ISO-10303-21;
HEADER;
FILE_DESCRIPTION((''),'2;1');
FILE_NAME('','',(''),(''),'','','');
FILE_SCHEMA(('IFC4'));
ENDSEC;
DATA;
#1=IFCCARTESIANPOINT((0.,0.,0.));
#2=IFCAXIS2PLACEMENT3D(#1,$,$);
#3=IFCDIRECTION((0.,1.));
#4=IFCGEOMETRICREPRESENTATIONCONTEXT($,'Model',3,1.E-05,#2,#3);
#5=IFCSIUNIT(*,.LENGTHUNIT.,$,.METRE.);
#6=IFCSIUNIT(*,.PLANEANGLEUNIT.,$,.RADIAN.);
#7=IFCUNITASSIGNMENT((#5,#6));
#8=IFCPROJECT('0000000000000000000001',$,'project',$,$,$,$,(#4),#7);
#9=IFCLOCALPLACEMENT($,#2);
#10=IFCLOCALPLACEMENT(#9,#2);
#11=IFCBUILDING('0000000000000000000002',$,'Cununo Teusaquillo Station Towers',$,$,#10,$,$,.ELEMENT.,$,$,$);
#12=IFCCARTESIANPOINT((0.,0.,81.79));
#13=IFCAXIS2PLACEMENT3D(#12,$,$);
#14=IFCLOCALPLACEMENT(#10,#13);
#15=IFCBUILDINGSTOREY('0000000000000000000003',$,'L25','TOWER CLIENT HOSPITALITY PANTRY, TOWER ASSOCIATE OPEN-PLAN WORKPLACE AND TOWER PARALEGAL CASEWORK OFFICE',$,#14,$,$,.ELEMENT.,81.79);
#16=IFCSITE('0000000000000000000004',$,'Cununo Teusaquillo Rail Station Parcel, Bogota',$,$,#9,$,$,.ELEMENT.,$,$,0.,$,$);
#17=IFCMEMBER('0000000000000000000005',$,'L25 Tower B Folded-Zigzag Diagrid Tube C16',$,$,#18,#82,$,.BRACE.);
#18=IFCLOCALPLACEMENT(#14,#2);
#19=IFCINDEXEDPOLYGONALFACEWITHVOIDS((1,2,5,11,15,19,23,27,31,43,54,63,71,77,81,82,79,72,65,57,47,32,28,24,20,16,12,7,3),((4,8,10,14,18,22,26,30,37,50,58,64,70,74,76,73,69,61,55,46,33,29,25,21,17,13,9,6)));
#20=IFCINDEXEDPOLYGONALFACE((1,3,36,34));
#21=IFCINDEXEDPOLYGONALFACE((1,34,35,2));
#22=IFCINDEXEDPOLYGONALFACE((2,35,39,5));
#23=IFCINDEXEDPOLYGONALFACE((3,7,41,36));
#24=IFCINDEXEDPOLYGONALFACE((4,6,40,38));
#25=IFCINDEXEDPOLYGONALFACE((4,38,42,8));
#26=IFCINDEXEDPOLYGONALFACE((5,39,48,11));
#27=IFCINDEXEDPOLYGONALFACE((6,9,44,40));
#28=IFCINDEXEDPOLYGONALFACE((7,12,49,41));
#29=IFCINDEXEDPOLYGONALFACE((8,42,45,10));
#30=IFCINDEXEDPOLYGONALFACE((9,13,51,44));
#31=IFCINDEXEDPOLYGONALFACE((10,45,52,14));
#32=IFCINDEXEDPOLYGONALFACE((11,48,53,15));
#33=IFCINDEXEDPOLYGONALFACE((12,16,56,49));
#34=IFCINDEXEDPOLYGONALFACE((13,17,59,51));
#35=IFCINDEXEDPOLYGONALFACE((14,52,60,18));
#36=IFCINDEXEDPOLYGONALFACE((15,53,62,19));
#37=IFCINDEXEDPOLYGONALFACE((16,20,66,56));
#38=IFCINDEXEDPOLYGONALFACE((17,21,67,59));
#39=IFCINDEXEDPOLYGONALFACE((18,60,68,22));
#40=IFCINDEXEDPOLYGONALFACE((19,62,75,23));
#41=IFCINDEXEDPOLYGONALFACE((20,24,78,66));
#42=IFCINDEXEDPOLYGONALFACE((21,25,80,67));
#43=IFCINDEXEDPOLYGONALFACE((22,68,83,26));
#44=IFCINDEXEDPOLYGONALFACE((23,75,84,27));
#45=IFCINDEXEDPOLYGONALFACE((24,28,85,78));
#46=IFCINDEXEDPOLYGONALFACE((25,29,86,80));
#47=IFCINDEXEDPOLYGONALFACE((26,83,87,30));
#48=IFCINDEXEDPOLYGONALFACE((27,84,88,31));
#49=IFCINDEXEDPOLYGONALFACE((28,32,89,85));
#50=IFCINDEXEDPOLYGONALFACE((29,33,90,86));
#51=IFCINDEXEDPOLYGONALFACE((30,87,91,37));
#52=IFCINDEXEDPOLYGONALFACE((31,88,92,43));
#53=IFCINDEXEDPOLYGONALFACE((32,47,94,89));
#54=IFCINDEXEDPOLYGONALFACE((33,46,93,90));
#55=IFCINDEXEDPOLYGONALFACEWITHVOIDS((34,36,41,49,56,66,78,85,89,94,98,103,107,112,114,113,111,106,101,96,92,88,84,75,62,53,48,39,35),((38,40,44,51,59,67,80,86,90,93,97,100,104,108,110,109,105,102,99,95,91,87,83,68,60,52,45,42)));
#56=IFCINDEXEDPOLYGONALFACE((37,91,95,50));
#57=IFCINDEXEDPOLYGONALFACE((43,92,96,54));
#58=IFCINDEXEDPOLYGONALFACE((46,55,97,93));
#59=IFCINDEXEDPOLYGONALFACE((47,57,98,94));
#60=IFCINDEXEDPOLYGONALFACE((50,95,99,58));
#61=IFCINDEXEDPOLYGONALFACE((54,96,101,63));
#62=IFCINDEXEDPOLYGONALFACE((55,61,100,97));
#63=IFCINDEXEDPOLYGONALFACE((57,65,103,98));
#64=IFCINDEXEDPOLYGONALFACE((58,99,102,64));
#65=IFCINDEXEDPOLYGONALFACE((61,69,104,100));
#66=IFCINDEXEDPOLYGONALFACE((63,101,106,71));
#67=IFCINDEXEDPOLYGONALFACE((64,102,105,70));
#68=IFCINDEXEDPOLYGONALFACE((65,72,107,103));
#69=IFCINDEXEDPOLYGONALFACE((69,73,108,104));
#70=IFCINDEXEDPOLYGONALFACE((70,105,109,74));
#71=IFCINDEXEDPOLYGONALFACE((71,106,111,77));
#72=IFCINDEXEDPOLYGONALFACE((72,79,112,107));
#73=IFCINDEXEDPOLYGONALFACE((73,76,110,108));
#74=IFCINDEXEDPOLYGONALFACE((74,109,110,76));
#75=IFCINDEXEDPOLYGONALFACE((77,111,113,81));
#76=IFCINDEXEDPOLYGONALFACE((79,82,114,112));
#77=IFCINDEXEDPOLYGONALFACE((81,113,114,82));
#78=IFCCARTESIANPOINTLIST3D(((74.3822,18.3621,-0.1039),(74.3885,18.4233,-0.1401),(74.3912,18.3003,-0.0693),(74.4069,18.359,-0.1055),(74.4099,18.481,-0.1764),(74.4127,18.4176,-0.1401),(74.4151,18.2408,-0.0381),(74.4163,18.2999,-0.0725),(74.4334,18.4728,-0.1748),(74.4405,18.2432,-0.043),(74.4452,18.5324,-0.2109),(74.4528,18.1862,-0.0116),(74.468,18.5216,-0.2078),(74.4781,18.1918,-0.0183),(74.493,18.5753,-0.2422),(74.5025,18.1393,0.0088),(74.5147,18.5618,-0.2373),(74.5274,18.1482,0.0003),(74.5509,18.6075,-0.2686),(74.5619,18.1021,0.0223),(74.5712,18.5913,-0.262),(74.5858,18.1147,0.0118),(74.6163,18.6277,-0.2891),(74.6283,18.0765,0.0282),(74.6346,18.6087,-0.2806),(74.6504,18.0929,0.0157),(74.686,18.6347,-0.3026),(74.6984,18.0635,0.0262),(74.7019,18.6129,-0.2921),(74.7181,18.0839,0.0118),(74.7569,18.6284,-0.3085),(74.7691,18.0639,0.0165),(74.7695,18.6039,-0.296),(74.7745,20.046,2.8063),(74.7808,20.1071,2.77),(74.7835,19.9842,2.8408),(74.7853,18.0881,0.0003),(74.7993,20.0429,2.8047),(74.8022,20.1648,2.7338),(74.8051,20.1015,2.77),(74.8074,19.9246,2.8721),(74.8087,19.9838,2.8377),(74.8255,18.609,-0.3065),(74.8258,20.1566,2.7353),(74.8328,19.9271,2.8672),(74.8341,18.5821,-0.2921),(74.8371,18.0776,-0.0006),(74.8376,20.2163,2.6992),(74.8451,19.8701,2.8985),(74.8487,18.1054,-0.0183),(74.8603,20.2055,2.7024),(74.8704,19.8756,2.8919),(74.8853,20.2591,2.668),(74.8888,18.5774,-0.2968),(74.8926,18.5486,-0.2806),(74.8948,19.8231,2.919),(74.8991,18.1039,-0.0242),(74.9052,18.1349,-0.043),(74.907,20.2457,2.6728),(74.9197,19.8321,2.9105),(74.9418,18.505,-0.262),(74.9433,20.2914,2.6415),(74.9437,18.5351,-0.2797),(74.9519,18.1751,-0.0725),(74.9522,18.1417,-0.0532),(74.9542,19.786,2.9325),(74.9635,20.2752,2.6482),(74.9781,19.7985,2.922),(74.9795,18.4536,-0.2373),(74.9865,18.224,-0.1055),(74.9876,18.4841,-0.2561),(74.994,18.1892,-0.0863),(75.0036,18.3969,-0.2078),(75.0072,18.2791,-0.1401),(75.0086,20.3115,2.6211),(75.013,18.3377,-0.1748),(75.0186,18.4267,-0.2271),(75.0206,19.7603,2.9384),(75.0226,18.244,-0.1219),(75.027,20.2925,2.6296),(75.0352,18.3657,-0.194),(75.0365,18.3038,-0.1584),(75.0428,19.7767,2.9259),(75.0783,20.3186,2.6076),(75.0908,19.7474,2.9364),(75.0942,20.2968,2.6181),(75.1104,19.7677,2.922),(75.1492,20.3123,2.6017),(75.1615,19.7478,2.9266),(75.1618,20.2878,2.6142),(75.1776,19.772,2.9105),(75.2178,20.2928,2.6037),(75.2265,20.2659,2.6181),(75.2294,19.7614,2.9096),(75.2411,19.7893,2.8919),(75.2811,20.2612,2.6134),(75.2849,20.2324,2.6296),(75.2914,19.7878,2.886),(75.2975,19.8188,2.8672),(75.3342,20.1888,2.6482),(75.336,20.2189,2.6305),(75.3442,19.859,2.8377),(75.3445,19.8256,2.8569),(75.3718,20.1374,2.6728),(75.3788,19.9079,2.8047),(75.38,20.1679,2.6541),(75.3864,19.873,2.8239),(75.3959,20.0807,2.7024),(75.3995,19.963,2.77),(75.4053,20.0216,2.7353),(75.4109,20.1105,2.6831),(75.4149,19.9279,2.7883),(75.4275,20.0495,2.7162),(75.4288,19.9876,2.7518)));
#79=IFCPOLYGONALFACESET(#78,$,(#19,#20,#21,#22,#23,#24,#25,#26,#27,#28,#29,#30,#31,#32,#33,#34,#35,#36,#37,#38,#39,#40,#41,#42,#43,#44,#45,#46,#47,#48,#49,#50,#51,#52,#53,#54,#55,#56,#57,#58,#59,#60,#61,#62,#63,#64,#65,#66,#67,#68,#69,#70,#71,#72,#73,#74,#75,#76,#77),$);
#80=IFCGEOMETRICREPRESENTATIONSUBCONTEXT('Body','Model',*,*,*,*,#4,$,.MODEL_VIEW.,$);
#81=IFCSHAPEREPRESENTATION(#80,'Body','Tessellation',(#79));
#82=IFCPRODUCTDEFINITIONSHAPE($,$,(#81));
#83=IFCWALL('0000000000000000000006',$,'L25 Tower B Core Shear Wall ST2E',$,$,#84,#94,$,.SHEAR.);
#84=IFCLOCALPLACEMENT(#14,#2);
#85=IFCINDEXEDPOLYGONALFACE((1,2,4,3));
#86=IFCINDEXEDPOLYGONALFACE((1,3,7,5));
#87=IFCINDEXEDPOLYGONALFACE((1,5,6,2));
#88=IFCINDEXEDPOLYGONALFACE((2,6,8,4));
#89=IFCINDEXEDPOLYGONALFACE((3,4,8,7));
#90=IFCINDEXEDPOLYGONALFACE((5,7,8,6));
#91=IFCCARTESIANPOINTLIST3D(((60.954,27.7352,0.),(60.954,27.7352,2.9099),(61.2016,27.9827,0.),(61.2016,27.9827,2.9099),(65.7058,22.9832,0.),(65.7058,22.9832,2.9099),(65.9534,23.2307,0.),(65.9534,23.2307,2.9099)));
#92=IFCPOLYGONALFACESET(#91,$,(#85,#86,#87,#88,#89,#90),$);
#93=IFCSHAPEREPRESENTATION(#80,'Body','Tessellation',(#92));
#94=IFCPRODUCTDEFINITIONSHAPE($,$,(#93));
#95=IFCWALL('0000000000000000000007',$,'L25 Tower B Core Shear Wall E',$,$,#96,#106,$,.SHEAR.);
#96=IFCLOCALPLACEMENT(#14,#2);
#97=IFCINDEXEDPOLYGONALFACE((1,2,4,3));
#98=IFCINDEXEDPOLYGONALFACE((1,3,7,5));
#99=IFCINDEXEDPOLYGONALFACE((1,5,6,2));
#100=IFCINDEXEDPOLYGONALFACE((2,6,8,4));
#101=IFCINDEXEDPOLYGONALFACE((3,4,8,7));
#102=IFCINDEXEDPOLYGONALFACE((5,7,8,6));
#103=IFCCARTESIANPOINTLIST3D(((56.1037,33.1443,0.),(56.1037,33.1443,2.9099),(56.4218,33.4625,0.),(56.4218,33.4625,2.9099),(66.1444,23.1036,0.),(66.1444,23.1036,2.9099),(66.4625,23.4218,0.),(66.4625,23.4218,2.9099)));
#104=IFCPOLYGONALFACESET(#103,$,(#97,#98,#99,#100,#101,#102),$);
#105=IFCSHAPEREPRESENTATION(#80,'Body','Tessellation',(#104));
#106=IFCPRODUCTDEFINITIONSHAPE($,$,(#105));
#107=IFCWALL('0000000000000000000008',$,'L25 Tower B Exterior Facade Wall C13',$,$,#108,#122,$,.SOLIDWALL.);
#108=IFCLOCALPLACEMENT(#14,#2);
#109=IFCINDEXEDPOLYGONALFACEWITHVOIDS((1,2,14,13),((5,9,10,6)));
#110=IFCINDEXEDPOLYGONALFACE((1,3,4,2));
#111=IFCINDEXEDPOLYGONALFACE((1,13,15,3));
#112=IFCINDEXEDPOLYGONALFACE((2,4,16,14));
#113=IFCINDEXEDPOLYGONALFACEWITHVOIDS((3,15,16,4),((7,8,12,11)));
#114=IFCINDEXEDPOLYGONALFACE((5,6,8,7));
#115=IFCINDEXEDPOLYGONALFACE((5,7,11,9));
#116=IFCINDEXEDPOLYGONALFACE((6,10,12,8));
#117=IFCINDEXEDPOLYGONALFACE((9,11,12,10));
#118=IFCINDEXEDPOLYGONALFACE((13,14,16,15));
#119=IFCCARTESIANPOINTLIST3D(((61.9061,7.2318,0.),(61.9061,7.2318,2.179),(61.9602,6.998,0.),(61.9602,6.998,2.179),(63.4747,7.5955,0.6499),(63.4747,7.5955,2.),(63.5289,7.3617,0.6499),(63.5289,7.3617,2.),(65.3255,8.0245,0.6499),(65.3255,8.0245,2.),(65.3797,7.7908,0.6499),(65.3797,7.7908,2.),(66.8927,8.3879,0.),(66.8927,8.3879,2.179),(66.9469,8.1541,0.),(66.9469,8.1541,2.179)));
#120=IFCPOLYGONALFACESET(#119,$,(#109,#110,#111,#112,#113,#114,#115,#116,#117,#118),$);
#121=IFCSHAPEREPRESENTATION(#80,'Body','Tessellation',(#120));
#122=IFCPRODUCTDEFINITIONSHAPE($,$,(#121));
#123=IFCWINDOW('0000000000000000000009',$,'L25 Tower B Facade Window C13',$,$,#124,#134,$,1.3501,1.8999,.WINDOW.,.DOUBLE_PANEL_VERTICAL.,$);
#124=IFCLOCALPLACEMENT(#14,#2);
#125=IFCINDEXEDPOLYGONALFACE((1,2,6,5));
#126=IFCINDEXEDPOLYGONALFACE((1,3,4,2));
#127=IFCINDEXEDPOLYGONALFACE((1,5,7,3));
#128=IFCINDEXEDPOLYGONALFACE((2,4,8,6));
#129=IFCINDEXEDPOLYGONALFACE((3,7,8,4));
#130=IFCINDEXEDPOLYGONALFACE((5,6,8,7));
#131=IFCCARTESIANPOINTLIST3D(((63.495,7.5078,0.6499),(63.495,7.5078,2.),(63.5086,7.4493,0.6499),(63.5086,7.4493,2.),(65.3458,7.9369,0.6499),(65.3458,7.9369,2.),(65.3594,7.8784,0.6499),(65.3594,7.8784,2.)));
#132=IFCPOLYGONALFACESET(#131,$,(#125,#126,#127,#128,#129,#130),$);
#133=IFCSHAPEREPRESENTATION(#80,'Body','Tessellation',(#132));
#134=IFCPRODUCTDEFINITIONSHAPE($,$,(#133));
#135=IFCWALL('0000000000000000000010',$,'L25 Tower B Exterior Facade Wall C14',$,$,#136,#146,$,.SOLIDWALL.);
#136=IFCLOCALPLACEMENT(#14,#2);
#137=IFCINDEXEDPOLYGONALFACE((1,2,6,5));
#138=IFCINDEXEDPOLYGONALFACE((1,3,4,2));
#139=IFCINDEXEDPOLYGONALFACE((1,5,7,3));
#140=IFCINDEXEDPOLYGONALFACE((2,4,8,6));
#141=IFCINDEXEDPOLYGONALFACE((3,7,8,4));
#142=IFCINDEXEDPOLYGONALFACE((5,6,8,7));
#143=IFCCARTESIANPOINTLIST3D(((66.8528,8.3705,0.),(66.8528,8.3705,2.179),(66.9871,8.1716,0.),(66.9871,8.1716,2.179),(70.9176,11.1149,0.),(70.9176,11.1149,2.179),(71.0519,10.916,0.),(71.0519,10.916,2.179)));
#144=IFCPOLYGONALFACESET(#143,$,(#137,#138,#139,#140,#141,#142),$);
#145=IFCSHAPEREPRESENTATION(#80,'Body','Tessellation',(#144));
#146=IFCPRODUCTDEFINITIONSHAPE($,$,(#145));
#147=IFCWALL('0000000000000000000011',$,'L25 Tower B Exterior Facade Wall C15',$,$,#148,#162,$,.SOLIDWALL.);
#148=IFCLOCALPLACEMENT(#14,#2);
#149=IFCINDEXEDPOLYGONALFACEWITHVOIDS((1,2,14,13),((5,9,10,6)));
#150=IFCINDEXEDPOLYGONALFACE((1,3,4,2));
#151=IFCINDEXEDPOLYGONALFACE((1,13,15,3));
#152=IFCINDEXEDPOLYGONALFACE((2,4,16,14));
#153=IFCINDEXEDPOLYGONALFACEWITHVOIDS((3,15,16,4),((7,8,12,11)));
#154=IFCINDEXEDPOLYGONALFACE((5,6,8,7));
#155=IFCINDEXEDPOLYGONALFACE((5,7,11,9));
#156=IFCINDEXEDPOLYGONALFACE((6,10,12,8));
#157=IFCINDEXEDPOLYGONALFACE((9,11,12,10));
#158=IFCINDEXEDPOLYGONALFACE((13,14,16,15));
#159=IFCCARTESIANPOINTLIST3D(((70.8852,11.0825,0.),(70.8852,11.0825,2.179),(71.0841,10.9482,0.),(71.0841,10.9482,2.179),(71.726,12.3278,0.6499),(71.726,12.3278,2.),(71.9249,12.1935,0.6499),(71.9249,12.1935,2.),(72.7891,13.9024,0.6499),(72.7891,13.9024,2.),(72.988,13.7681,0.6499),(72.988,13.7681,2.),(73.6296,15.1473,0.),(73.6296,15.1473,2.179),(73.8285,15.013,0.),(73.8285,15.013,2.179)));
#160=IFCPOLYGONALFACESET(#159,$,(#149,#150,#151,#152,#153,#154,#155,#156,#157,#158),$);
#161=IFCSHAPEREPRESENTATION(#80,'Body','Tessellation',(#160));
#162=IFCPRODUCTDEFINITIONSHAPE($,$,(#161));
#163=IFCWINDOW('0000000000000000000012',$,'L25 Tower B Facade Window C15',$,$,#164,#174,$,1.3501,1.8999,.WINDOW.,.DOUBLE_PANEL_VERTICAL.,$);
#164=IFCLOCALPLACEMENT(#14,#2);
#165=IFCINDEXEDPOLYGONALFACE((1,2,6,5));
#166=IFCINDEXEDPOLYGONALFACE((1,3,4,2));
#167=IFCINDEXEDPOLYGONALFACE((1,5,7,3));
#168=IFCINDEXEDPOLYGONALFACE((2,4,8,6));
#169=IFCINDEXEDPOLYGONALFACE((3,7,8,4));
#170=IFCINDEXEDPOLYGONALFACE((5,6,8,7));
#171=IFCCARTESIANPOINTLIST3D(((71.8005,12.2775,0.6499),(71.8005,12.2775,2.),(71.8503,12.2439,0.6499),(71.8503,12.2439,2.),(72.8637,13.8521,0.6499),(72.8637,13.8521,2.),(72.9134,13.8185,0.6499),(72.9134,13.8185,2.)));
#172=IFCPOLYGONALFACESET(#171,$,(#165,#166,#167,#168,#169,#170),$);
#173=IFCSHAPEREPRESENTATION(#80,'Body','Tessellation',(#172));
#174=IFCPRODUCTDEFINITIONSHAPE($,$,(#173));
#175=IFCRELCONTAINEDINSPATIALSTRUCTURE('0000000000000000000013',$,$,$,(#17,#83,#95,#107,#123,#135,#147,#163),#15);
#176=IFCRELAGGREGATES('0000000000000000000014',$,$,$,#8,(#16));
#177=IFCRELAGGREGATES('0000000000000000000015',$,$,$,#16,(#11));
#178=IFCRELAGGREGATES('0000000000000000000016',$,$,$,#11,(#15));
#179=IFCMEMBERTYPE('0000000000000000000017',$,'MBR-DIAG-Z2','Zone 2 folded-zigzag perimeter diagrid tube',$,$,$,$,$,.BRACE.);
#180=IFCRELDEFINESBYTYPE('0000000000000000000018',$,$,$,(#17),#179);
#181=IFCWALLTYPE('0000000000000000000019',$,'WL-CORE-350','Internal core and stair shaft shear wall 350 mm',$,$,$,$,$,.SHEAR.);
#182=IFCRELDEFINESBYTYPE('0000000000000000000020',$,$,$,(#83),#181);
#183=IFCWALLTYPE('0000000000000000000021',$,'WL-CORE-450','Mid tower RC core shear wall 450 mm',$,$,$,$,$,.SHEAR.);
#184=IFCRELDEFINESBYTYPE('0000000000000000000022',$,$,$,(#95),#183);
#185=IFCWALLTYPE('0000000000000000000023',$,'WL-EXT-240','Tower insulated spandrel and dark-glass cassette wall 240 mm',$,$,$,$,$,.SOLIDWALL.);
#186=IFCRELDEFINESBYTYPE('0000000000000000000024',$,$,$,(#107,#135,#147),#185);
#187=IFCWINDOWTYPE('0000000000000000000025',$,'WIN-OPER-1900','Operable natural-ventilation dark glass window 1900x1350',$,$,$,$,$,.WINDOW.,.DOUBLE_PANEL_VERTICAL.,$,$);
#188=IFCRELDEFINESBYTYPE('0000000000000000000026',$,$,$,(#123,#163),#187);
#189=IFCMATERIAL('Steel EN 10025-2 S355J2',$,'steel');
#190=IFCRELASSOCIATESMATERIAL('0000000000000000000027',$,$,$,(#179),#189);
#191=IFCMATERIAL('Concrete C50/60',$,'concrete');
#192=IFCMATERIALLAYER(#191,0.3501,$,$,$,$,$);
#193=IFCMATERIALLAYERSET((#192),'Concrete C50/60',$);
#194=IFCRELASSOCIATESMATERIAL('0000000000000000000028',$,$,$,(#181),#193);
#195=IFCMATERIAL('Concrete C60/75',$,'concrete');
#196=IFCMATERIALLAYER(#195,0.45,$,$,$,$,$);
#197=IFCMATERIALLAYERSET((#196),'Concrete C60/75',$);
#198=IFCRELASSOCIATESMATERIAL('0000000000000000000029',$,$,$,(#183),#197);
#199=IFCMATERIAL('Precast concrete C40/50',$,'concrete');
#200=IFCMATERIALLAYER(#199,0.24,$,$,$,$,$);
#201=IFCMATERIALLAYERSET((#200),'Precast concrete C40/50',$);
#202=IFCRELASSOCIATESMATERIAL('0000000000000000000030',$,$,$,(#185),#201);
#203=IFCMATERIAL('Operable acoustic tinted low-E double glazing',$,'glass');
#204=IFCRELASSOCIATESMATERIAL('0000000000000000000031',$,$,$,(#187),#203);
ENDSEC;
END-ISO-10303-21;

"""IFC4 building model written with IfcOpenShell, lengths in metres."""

from ifc_helpers import new_model, si_unit, direction, frame, frame_2d, origin, origin_2d, place, context, subcontext, project, spatial, rectangle, hollow_circle, extrude, source, transform, mapped, material, layer, layer_set, material_profile, profile_set, type_object, element, fill, save


model = new_model("IFC4")

# Units and contexts
model_context = context("Model", 3, precision=1e-05, world=origin(), true_north=direction((0.0, 1.0)))
body_context = subcontext(model_context, "Body", "Model", "MODEL_VIEW")
ifc_project = project(units=[si_unit("LENGTHUNIT", "METRE"), si_unit("PLANEANGLEUNIT", "RADIAN")], contexts=[model_context])

# Site, building, storey
site_placement = place(None, origin())
site = spatial("IfcSite", under=ifc_project, at=site_placement, Name="Cununo Teusaquillo Rail Station Parcel, Bogota", CompositionType="ELEMENT", RefElevation=0.0)
building_placement = place(site_placement, origin())
building = spatial("IfcBuilding", under=site, at=building_placement, Name="Cununo Teusaquillo Station Towers", CompositionType="ELEMENT")
storey_placement = place(building_placement, frame((0.0, 0.0, 81.79)))
storey = spatial("IfcBuildingStorey", under=building, at=storey_placement, Name="L25", Description="TOWER CLIENT HOSPITALITY PANTRY, TOWER ASSOCIATE OPEN-PLAN WORKPLACE AND TOWER PARALEGAL CASEWORK OFFICE", CompositionType="ELEMENT", Elevation=81.79)

# Member
ifc_material_1 = material(Name="Steel EN 10025-2 S355J2", Category="steel")
ifc_material_profile_1 = material_profile(ifc_material_1, hollow_circle(Radius=0.3301, WallThickness=0.0249, at=origin_2d()), Name="CHS 660x25")
ifc_profile_set_1 = profile_set([ifc_material_profile_1], Name="Steel EN 10025-2 S355J2")
member_type = type_object("IfcMemberType", Name="MBR-DIAG-Z2", Description="Zone 2 folded-zigzag perimeter diagrid tube", PredefinedType="BRACE", material=ifc_profile_set_1)
member_1_placement = place(storey_placement, frame((74.71, 18.3484, -0.1401), z_axis=(0.115904, 0.497441, 0.85972), x_axis=(-0.973913, 0.226922, 0.0)))
element("IfcMember", 1, at=member_1_placement, inside=storey, type_object=member_type, Name="L25 Tower B Folded-Zigzag Diagrid Tube C16", PredefinedType="BRACE", context=body_context, shape_type="SweptSolid", body=[
    extrude(hollow_circle(Radius=0.3301, WallThickness=0.0249, at=origin_2d()), origin(), (0.0, 0.0, 1.0), 3.385),
])

# Walls
ifc_material_2 = material(Name="Concrete C50/60", Category="concrete")
ifc_layer_1 = layer(ifc_material_2, 0.3501)
ifc_layer_set_1 = layer_set([ifc_layer_1], Name="Concrete C50/60")
wall_type_1 = type_object("IfcWallType", Name="WL-CORE-350", Description="Internal core and stair shaft shear wall 350 mm", PredefinedType="SHEAR", material=ifc_layer_set_1)
wall_1_placement = place(storey_placement, frame((65.8296, 23.1069, 0.0), z_axis=(0.0, 0.0, 1.0), x_axis=(-0.707089, 0.707125, 0.0)))
element("IfcWall", 2, at=wall_1_placement, inside=storey, type_object=wall_type_1, Name="L25 Tower B Core Shear Wall ST2E", PredefinedType="SHEAR", context=body_context, shape_type="SweptSolid", body=[
    extrude(rectangle(XDim=6.7202, YDim=0.3501, at=frame_2d((3.3601, 0.0))), origin(), (0.0, 0.0, 1.0), 2.9099),
])
ifc_material_3 = material(Name="Concrete C60/75", Category="concrete")
ifc_layer_2 = layer(ifc_material_3, 0.45)
ifc_layer_set_2 = layer_set([ifc_layer_2], Name="Concrete C60/75")
wall_type_2 = type_object("IfcWallType", Name="WL-CORE-450", Description="Mid tower RC core shear wall 450 mm", PredefinedType="SHEAR", material=ifc_layer_set_2)
wall_2_placement = place(storey_placement, frame((66.3035, 23.2627, 0.0), z_axis=(0.0, 0.0, 1.0), x_axis=(-0.707107, 0.707107, 0.0)))
element("IfcWall", 3, at=wall_2_placement, inside=storey, type_object=wall_type_2, Name="L25 Tower B Core Shear Wall E", PredefinedType="SHEAR", context=body_context, shape_type="SweptSolid", body=[
    extrude(rectangle(XDim=14.1997, YDim=0.45, at=frame_2d((7.0999, 0.0))), origin(), (0.0, 0.0, 1.0), 2.9099),
])

# Wall, opening, window
ifc_material_4 = material(Name="Precast concrete C40/50", Category="concrete")
ifc_layer_3 = layer(ifc_material_4, 0.24)
ifc_layer_set_3 = layer_set([ifc_layer_3], Name="Precast concrete C40/50")
wall_type_3 = type_object("IfcWallType", Name="WL-EXT-240", Description="Tower insulated spandrel and dark-glass cassette wall 240 mm", PredefinedType="SOLIDWALL", material=ifc_layer_set_3)
wall_3_placement = place(storey_placement, frame((66.9199, 8.271, 0.0), z_axis=(0.0, 0.0, 1.0), x_axis=(-0.974166, -0.225835, 0.0)))
wall_3 = element("IfcWall", 4, at=wall_3_placement, inside=storey, type_object=wall_type_3, Name="L25 Tower B Exterior Facade Wall C13", PredefinedType="SOLIDWALL", context=body_context, shape_type="SweptSolid", body=[
    extrude(rectangle(XDim=5.1189, YDim=0.24, at=frame_2d((2.5596, 0.0))), origin(), (0.0, 0.0, 1.0), 2.179),
])
shared_shape_1 = source(origin(), body_context, "Body", "SweptSolid", [
    extrude(rectangle(XDim=1.8999, YDim=1.3501, at=frame_2d((0.95, 0.675))), frame((0.0, 0.1299, 0.0), z_axis=(0.0, -1.0, 0.0), x_axis=(1.0, 0.0, 0.0)), (0.0, 0.0, 1.0), 0.26),
])
opening_1_placement = place(wall_3_placement, frame((1.6089, 0.0, 0.6499)))
opening_1 = element("IfcOpeningElement", 5, at=opening_1_placement, cuts=wall_3, PredefinedType="OPENING", context=body_context, shape_type="MappedRepresentation", body=[
    mapped(shared_shape_1, transform((0.0, 0.0, 0.0), x_axis=(1.0, 0.0, 0.0), y_axis=(0.0, 1.0, 0.0), z_axis=(0.0, 0.0, 1.0), scale=1.0)),
])
ifc_material_5 = material(Name="Operable acoustic tinted low-E double glazing", Category="glass")
window_type = type_object("IfcWindowType", Name="WIN-OPER-1900", Description="Operable natural-ventilation dark glass window 1900x1350", PartitioningType="DOUBLE_PANEL_VERTICAL", PredefinedType="WINDOW", material=ifc_material_5)
shared_shape_2 = source(origin(), body_context, "Body", "SweptSolid", [
    extrude(rectangle(XDim=1.8999, YDim=1.3501, at=frame_2d((0.95, 0.675))), frame((0.0, 0.03, 0.0), z_axis=(0.0, -1.0, 0.0), x_axis=(1.0, 0.0, 0.0)), (0.0, 0.0, 1.0), 0.0601),
])
window_1_placement = place(opening_1_placement, origin())
window_1 = element("IfcWindow", 6, at=window_1_placement, inside=storey, type_object=window_type, Name="L25 Tower B Facade Window C13", OverallHeight=1.3501, OverallWidth=1.8999, PartitioningType="DOUBLE_PANEL_VERTICAL", PredefinedType="WINDOW", context=body_context, shape_type="MappedRepresentation", body=[
    mapped(shared_shape_2, transform((0.0, 0.0, 0.0), x_axis=(1.0, 0.0, 0.0), y_axis=(0.0, 1.0, 0.0), z_axis=(0.0, 0.0, 1.0), scale=1.0)),
])
fill(opening_1, window_1)

# Wall
wall_4_placement = place(storey_placement, frame((70.9846, 11.0154, 0.0), z_axis=(0.0, 0.0, 1.0), x_axis=(-0.828781, -0.559573, 0.0)))
element("IfcWall", 7, at=wall_4_placement, inside=storey, type_object=wall_type_3, Name="L25 Tower B Exterior Facade Wall C14", PredefinedType="SOLIDWALL", context=body_context, shape_type="SweptSolid", body=[
    extrude(rectangle(XDim=4.9045, YDim=0.24, at=frame_2d((2.4521, 0.0))), origin(), (0.0, 0.0, 1.0), 2.179),
])

# Wall, opening, window
wall_5_placement = place(storey_placement, frame((73.729, 15.0801, 0.0), z_axis=(0.0, 0.0, 1.0), x_axis=(-0.559573, -0.828781, 0.0)))
wall_5 = element("IfcWall", 8, at=wall_5_placement, inside=storey, type_object=wall_type_3, Name="L25 Tower B Exterior Facade Wall C15", PredefinedType="SOLIDWALL", context=body_context, shape_type="SweptSolid", body=[
    extrude(rectangle(XDim=4.9045, YDim=0.24, at=frame_2d((2.4521, 0.0))), origin(), (0.0, 0.0, 1.0), 2.179),
])
opening_2_placement = place(wall_5_placement, frame((1.502, 0.0, 0.6499)))
opening_2 = element("IfcOpeningElement", 9, at=opening_2_placement, cuts=wall_5, PredefinedType="OPENING", context=body_context, shape_type="MappedRepresentation", body=[
    mapped(shared_shape_1, transform((0.0, 0.0, 0.0), x_axis=(1.0, 0.0, 0.0), y_axis=(0.0, 1.0, 0.0), z_axis=(0.0, 0.0, 1.0), scale=1.0)),
])
window_2_placement = place(opening_2_placement, origin())
window_2 = element("IfcWindow", 10, at=window_2_placement, inside=storey, type_object=window_type, Name="L25 Tower B Facade Window C15", OverallHeight=1.3501, OverallWidth=1.8999, PartitioningType="DOUBLE_PANEL_VERTICAL", PredefinedType="WINDOW", context=body_context, shape_type="MappedRepresentation", body=[
    mapped(shared_shape_2, transform((0.0, 0.0, 0.0), x_axis=(1.0, 0.0, 0.0), y_axis=(0.0, 1.0, 0.0), z_axis=(0.0, 0.0, 1.0), scale=1.0)),
])
fill(opening_2, window_2)

save(model, "model.ifc")
